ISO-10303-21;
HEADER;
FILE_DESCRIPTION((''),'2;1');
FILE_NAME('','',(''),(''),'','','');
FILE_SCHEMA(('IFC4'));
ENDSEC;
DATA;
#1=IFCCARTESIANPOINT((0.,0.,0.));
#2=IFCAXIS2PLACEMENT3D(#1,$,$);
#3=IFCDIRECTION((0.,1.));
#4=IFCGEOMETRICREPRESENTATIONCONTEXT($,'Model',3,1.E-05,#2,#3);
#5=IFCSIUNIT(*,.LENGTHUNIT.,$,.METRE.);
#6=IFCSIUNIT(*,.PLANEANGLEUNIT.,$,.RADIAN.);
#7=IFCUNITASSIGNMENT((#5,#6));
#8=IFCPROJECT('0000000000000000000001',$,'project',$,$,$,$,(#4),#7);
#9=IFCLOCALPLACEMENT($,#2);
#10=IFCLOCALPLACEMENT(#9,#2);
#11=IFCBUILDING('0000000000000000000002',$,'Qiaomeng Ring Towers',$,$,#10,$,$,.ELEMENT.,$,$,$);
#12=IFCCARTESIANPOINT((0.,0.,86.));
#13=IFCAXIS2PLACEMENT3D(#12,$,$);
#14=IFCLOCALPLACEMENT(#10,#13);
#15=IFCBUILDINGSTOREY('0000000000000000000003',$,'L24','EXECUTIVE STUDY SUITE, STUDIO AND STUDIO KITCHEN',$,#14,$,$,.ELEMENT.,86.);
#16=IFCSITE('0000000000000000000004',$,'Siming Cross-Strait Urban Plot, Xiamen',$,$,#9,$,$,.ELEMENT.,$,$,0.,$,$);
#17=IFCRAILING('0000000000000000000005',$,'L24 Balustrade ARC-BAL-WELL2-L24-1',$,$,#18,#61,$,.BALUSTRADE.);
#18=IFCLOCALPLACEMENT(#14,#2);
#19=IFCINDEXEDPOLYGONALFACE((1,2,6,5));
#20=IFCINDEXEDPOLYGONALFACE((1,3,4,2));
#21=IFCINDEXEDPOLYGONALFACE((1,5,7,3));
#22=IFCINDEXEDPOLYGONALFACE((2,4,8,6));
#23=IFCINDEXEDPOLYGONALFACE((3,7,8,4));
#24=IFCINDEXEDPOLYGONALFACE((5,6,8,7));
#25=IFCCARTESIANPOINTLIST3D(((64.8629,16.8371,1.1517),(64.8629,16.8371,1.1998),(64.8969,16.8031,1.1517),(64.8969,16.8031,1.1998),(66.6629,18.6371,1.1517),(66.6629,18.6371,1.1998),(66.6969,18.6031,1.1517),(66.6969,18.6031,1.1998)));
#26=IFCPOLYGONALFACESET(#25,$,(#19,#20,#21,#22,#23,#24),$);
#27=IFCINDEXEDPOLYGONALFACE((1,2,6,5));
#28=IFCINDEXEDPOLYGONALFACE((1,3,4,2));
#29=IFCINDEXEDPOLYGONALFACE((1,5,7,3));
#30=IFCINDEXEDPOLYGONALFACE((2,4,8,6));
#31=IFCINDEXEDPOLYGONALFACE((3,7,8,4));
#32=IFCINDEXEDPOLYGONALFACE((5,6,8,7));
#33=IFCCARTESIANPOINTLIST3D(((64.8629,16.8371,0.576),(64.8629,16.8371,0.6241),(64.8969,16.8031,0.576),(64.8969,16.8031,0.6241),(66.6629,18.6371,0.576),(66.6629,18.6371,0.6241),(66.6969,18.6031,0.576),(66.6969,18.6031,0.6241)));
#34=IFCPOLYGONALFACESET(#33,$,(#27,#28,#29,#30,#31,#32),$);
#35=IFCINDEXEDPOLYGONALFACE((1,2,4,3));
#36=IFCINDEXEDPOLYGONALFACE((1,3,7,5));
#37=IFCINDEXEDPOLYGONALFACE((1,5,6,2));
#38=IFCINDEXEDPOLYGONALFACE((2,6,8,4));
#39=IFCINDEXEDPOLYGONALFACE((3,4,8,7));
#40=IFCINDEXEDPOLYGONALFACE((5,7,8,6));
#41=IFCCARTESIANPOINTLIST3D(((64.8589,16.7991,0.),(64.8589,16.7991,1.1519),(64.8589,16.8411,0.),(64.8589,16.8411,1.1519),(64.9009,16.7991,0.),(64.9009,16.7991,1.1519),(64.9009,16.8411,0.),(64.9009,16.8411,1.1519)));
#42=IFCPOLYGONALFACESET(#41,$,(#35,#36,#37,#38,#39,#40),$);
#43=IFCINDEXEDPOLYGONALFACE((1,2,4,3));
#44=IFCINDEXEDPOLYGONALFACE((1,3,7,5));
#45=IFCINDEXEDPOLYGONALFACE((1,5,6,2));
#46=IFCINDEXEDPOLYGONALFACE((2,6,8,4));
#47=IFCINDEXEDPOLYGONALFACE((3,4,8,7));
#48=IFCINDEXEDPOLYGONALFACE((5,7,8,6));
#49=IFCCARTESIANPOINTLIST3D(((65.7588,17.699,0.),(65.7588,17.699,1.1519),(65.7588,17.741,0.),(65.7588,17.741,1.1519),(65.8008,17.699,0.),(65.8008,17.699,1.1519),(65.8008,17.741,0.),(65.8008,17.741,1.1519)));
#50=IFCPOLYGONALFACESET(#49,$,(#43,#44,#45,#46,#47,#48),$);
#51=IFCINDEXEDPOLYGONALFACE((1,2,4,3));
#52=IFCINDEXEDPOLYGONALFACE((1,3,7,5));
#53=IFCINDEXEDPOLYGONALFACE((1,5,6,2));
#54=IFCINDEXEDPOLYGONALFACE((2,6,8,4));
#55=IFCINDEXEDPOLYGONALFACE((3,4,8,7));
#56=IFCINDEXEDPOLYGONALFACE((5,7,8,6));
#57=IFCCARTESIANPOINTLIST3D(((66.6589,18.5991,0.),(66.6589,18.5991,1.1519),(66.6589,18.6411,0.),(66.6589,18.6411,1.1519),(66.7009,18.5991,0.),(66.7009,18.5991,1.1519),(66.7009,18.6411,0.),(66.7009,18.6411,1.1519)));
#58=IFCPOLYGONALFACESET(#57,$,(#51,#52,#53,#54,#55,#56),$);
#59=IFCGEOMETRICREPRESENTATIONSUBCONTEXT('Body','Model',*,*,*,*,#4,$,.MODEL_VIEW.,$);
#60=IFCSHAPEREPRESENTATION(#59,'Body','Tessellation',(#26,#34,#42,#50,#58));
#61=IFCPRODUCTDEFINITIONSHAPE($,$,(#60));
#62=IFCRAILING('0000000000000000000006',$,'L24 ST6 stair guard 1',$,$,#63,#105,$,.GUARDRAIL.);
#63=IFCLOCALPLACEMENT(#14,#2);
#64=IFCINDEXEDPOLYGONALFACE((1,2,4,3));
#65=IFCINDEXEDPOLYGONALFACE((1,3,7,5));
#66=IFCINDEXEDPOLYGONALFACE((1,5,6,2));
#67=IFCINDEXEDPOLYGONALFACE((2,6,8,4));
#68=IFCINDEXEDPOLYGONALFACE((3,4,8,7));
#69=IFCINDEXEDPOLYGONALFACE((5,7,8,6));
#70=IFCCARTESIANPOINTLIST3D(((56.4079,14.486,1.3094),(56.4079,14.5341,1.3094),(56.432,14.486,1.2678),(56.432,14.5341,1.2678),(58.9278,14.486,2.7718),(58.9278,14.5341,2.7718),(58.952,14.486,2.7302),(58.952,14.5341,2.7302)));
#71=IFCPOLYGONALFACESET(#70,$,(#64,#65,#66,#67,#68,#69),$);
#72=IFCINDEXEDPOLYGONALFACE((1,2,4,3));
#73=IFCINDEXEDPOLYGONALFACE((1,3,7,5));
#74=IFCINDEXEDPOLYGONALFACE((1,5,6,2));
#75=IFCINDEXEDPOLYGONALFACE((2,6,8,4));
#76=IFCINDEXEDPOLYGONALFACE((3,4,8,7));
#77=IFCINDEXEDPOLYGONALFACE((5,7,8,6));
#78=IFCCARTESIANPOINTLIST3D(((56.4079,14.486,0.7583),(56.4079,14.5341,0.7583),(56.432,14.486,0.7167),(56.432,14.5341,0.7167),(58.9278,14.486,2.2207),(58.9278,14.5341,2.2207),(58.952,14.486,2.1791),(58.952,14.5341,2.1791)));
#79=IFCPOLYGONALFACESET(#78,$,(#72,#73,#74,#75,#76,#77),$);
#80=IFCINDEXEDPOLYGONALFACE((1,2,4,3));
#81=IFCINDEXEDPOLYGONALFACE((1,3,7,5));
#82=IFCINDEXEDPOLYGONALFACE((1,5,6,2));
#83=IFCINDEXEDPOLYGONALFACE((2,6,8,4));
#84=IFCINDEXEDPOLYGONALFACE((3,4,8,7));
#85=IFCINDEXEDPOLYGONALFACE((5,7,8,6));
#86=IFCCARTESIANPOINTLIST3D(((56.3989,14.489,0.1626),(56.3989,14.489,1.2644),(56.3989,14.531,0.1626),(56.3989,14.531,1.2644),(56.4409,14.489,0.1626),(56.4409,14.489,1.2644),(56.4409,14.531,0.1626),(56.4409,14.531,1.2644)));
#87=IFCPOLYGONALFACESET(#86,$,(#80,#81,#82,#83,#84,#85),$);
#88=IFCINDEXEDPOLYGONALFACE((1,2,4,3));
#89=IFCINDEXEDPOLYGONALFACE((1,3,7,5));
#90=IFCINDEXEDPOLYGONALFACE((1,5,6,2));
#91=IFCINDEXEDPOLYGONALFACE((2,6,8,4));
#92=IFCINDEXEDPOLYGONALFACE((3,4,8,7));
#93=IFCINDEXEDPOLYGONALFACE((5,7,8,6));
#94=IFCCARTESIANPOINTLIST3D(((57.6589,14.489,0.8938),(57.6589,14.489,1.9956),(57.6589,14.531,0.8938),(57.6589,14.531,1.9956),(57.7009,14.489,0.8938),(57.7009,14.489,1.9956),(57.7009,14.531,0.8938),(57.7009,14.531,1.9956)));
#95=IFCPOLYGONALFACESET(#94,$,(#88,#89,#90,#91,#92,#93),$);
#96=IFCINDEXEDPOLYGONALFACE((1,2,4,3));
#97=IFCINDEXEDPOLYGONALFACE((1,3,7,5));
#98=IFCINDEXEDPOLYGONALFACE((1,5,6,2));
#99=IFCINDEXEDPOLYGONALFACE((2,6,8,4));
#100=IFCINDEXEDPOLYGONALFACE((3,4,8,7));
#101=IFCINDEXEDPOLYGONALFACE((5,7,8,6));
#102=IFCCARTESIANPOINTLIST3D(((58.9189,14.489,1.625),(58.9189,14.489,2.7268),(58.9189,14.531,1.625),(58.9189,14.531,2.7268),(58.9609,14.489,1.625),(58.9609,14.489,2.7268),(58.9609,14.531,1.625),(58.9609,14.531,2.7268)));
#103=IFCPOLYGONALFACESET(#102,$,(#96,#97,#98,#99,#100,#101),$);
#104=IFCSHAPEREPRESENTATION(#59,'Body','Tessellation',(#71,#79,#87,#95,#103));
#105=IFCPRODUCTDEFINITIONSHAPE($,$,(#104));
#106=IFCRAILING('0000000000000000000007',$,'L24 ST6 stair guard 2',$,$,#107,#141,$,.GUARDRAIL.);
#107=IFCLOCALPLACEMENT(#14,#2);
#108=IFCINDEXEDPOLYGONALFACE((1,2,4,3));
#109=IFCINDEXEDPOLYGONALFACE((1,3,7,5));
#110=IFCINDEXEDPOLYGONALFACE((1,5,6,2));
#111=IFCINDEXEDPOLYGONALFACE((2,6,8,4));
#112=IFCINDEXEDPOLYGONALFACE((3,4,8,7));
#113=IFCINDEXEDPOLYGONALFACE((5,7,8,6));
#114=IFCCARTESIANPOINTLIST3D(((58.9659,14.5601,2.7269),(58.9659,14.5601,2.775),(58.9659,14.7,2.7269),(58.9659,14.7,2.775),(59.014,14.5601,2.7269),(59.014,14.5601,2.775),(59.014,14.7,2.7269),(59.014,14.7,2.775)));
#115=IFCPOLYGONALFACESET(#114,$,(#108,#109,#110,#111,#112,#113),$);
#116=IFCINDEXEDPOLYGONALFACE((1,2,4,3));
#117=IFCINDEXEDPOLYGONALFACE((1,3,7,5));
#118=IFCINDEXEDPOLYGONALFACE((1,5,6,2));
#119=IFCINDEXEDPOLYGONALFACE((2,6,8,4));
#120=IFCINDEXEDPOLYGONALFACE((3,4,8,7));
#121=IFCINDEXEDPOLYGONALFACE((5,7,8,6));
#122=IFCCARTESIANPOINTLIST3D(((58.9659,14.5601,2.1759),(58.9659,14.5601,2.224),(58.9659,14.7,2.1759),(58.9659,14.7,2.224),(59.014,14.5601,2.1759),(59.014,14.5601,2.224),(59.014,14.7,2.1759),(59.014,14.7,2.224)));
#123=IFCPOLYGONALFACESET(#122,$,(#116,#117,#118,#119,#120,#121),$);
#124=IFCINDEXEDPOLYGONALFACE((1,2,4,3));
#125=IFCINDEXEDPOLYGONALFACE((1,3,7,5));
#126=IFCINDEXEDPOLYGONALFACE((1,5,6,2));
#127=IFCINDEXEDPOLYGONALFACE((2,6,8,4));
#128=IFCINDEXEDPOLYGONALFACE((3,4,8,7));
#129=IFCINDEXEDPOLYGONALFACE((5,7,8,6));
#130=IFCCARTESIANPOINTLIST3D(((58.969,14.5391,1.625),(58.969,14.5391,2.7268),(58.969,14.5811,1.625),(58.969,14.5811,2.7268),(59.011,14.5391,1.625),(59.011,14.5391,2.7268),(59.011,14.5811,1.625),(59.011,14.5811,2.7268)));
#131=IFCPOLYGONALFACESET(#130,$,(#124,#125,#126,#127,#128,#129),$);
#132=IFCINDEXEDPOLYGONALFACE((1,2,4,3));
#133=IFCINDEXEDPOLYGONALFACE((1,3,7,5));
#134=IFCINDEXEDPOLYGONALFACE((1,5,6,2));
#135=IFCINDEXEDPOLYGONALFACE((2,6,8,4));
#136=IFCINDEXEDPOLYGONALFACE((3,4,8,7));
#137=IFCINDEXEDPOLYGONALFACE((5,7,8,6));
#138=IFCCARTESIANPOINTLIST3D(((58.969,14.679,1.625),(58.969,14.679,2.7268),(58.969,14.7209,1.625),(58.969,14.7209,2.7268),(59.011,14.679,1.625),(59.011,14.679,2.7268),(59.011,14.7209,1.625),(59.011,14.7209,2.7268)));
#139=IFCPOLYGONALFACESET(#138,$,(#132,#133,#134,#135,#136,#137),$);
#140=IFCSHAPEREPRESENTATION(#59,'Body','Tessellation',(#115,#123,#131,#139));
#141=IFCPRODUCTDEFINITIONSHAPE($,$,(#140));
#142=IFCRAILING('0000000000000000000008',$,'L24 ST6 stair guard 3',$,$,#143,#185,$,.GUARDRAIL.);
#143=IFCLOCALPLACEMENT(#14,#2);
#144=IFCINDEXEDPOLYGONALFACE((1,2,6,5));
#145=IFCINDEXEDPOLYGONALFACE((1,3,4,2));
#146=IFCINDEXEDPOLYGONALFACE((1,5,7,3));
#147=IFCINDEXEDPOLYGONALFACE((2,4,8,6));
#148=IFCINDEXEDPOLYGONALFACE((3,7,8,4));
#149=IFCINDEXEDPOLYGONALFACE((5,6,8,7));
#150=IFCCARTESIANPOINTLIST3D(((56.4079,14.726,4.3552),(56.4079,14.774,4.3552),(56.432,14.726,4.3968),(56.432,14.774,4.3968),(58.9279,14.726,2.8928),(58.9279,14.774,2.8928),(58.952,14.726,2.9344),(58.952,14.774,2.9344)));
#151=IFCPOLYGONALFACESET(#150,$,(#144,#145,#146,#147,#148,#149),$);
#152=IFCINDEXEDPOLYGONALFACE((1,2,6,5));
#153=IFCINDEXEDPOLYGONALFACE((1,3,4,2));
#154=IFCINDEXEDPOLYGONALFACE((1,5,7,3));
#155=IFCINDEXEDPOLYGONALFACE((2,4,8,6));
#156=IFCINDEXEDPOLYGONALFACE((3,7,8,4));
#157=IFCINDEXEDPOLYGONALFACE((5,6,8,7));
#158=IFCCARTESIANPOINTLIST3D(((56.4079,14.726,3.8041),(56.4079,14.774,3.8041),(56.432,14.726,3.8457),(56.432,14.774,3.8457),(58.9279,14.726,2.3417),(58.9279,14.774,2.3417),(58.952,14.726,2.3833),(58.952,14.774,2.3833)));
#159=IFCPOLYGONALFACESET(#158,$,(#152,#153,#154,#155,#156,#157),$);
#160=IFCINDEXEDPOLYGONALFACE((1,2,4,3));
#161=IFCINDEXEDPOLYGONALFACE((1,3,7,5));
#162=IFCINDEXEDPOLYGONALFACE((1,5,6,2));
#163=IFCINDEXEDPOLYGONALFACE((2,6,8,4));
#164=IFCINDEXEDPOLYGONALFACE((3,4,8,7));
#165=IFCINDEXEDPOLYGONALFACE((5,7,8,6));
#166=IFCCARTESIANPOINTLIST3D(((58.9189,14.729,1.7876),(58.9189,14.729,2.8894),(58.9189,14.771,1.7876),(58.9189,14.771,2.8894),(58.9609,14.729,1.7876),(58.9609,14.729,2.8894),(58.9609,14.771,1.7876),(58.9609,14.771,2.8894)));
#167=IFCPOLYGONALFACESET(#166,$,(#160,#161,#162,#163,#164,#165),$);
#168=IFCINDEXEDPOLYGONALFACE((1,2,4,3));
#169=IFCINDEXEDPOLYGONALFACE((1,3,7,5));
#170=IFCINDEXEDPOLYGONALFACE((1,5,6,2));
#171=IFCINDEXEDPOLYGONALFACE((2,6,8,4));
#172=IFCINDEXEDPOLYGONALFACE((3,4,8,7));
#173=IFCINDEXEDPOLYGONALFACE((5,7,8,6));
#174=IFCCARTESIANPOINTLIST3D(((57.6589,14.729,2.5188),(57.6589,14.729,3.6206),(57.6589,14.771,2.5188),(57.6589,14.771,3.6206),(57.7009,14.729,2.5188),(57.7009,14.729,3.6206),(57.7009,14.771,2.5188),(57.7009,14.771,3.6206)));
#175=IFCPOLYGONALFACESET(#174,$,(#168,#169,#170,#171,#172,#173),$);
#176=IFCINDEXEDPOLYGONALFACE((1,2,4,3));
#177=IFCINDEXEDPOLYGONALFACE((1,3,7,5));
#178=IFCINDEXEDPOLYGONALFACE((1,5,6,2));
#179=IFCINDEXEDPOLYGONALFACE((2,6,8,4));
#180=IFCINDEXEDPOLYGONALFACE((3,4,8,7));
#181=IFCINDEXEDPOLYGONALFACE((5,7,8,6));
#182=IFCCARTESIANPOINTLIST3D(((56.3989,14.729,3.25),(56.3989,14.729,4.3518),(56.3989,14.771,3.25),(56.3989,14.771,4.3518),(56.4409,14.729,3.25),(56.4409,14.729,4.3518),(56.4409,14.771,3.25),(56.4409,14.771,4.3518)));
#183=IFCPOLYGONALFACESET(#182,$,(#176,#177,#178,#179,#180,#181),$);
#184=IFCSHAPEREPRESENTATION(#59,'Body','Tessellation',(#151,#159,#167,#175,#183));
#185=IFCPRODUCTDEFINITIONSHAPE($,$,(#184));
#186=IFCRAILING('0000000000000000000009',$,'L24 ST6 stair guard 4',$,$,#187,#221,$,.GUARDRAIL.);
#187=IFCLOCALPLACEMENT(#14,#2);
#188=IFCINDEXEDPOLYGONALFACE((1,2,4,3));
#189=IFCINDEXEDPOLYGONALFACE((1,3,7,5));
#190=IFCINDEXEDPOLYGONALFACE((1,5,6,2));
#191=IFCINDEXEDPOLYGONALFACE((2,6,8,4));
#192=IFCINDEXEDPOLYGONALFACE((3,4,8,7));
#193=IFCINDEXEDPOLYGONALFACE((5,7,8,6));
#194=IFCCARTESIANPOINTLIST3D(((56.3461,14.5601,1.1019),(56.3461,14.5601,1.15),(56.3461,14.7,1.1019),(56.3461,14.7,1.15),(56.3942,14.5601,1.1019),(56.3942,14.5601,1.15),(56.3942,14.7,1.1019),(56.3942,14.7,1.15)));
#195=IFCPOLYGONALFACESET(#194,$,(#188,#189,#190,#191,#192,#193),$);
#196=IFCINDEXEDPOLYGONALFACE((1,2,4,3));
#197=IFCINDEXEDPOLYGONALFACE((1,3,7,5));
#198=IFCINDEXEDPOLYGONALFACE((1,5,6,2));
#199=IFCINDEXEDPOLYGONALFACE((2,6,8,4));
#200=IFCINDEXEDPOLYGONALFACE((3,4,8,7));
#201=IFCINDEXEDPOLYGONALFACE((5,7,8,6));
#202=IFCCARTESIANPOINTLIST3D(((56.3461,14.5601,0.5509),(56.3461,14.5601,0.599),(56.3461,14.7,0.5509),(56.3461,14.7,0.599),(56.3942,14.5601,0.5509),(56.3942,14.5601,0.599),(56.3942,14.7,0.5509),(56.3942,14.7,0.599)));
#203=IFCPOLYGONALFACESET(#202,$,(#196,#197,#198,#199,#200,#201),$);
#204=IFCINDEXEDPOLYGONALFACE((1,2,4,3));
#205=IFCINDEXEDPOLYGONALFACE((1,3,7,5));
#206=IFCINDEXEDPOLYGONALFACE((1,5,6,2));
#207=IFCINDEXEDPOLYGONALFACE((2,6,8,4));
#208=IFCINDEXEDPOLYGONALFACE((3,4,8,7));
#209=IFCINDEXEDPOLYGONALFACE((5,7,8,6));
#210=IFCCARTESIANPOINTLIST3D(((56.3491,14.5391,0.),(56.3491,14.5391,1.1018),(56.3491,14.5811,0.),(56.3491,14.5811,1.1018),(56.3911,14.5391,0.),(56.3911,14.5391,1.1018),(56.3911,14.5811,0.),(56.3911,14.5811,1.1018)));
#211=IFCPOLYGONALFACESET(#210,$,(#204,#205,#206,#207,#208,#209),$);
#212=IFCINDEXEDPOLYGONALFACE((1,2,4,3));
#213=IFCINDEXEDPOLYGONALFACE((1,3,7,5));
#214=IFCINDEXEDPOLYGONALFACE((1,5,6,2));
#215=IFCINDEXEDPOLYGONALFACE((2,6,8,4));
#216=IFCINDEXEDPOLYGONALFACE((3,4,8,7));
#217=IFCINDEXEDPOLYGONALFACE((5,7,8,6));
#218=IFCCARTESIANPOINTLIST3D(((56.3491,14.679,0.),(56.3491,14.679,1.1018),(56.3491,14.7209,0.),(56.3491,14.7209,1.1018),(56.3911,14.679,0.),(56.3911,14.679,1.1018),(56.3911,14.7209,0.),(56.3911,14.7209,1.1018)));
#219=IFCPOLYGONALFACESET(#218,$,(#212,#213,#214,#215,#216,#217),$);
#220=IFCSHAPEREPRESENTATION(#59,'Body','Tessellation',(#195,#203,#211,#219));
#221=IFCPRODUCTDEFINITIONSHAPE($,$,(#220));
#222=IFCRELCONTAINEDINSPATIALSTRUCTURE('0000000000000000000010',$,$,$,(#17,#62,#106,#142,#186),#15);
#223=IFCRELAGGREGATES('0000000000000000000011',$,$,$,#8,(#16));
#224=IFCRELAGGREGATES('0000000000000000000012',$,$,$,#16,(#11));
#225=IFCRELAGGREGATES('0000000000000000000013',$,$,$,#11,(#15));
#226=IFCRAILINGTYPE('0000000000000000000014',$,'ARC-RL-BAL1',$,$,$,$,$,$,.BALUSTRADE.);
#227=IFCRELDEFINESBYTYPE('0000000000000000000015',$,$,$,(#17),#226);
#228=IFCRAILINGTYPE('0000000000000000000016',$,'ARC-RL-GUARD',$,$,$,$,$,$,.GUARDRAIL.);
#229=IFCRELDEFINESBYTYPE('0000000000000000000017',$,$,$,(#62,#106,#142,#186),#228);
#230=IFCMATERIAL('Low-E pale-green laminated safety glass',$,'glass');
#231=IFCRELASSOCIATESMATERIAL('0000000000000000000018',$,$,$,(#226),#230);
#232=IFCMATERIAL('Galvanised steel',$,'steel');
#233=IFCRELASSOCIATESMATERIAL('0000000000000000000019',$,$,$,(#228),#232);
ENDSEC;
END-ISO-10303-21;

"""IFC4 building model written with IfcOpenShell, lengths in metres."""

from ifc_helpers import new_model, si_unit, direction, frame, origin, origin_2d, place, context, subcontext, project, spatial, rectangle, extrude, material, type_object, element, save


model = new_model("IFC4")

# Units and contexts
model_context = context("Model", 3, precision=1e-05, world=origin(), true_north=direction((0.0, 1.0)))
body_context = subcontext(model_context, "Body", "Model", "MODEL_VIEW")
ifc_project = project(units=[si_unit("LENGTHUNIT", "METRE"), si_unit("PLANEANGLEUNIT", "RADIAN")], contexts=[model_context])

# Site, building, storey
site_placement = place(None, origin())
site = spatial("IfcSite", under=ifc_project, at=site_placement, Name="Siming Cross-Strait Urban Plot, Xiamen", CompositionType="ELEMENT", RefElevation=0.0)
building_placement = place(site_placement, origin())
building = spatial("IfcBuilding", under=site, at=building_placement, Name="Qiaomeng Ring Towers", CompositionType="ELEMENT")
storey_placement = place(building_placement, frame((0.0, 0.0, 86.0)))
storey = spatial("IfcBuildingStorey", under=building, at=storey_placement, Name="L24", Description="EXECUTIVE STUDY SUITE, STUDIO AND STUDIO KITCHEN", CompositionType="ELEMENT", Elevation=86.0)

# Shared definitions
ifc_material_1 = material(Name="Galvanised steel", Category="steel")

# Railings
ifc_material_2 = material(Name="Low-E pale-green laminated safety glass", Category="glass")
railing_type_1 = type_object("IfcRailingType", Name="ARC-RL-BAL1", PredefinedType="BALUSTRADE", material=ifc_material_2)
railing_1_placement = place(storey_placement, frame((64.8799, 16.8201, 0.0)))
element("IfcRailing", 1, at=railing_1_placement, inside=storey, type_object=railing_type_1, Name="L24 Balustrade ARC-BAL-WELL2-L24-1", PredefinedType="BALUSTRADE", context=body_context, shape_type="SweptSolid", body=[
    extrude(rectangle(XDim=0.0481, YDim=0.0481, at=origin_2d()), frame((0.0, 0.0, 1.1758), z_axis=(0.707107, 0.707107, 0.0), x_axis=(-0.707107, 0.707107, 0.0)), (0.0, 0.0, 1.0), 2.5457),
    extrude(rectangle(XDim=0.0481, YDim=0.0481, at=origin_2d()), frame((0.0, 0.0, 0.6001), z_axis=(0.707107, 0.707107, 0.0), x_axis=(-0.707107, 0.707107, 0.0)), (0.0, 0.0, 1.0), 2.5457),
    extrude(rectangle(XDim=0.042, YDim=0.042, at=origin_2d()), origin(), (0.0, 0.0, 1.0), 1.1519),
    extrude(rectangle(XDim=0.042, YDim=0.042, at=origin_2d()), frame((0.8999, 0.8999, 0.0)), (0.0, 0.0, 1.0), 1.1519),
    extrude(rectangle(XDim=0.042, YDim=0.042, at=origin_2d()), frame((1.8, 1.8, 0.0)), (0.0, 0.0, 1.0), 1.1519),
])
railing_type_2 = type_object("IfcRailingType", Name="ARC-RL-GUARD", PredefinedType="GUARDRAIL", material=ifc_material_1)
railing_2_placement = place(storey_placement, frame((56.4199, 14.51, 0.1626)))
element("IfcRailing", 2, at=railing_2_placement, inside=storey, type_object=railing_type_2, Name="L24 ST6 stair guard 1", PredefinedType="GUARDRAIL", context=body_context, shape_type="SweptSolid", body=[
    extrude(rectangle(XDim=0.0481, YDim=0.0481, at=origin_2d()), frame((0.0, 0.0, 1.126), z_axis=(0.864913, 0.0, 0.501921), x_axis=(0.0, 1.0, 0.0)), (0.0, 0.0, 1.0), 2.9136),
    extrude(rectangle(XDim=0.0481, YDim=0.0481, at=origin_2d()), frame((0.0, 0.0, 0.575), z_axis=(0.864913, 0.0, 0.501921), x_axis=(0.0, 1.0, 0.0)), (0.0, 0.0, 1.0), 2.9136),
    extrude(rectangle(XDim=0.042, YDim=0.042, at=origin_2d()), origin(), (0.0, 0.0, 1.0), 1.1018),
    extrude(rectangle(XDim=0.042, YDim=0.042, at=origin_2d()), frame((1.26, 0.0, 0.7312)), (0.0, 0.0, 1.0), 1.1018),
    extrude(rectangle(XDim=0.042, YDim=0.042, at=origin_2d()), frame((2.52, 0.0, 1.4624)), (0.0, 0.0, 1.0), 1.1018),
])
railing_3_placement = place(storey_placement, frame((58.99, 14.5601, 1.625)))
element("IfcRailing", 3, at=railing_3_placement, inside=storey, type_object=railing_type_2, Name="L24 ST6 stair guard 2", PredefinedType="GUARDRAIL", context=body_context, shape_type="SweptSolid", body=[
    extrude(rectangle(XDim=0.0481, YDim=0.0481, at=origin_2d()), frame((0.0, 0.0, 1.126), z_axis=(0.0, 1.0, 0.0), x_axis=(-1.0, 0.0, 0.0)), (0.0, 0.0, 1.0), 0.1399),
    extrude(rectangle(XDim=0.0481, YDim=0.0481, at=origin_2d()), frame((0.0, 0.0, 0.575), z_axis=(0.0, 1.0, 0.0), x_axis=(-1.0, 0.0, 0.0)), (0.0, 0.0, 1.0), 0.1399),
    extrude(rectangle(XDim=0.042, YDim=0.042, at=origin_2d()), origin(), (0.0, 0.0, 1.0), 1.1018),
    extrude(rectangle(XDim=0.042, YDim=0.042, at=origin_2d()), frame((0.0, 0.1399, 0.0)), (0.0, 0.0, 1.0), 1.1018),
])
railing_4_placement = place(storey_placement, frame((58.9399, 14.75, 1.7876)))
element("IfcRailing", 4, at=railing_4_placement, inside=storey, type_object=railing_type_2, Name="L24 ST6 stair guard 3", PredefinedType="GUARDRAIL", context=body_context, shape_type="SweptSolid", body=[
    extrude(rectangle(XDim=0.0481, YDim=0.0481, at=origin_2d()), frame((0.0, 0.0, 1.126), z_axis=(-0.864913, 0.0, 0.501921), x_axis=(0.0, -1.0, 0.0)), (0.0, 0.0, 1.0), 2.9136),
    extrude(rectangle(XDim=0.0481, YDim=0.0481, at=origin_2d()), frame((0.0, 0.0, 0.575), z_axis=(-0.864913, 0.0, 0.501921), x_axis=(0.0, -1.0, 0.0)), (0.0, 0.0, 1.0), 2.9136),
    extrude(rectangle(XDim=0.042, YDim=0.042, at=origin_2d()), origin(), (0.0, 0.0, 1.0), 1.1018),
    extrude(rectangle(XDim=0.042, YDim=0.042, at=origin_2d()), frame((-1.26, 0.0, 0.7312)), (0.0, 0.0, 1.0), 1.1018),
    extrude(rectangle(XDim=0.042, YDim=0.042, at=origin_2d()), frame((-2.52, 0.0, 1.4624)), (0.0, 0.0, 1.0), 1.1018),
])
railing_5_placement = place(storey_placement, frame((56.3701, 14.5601, 0.0)))
element("IfcRailing", 5, at=railing_5_placement, inside=storey, type_object=railing_type_2, Name="L24 ST6 stair guard 4", PredefinedType="GUARDRAIL", context=body_context, shape_type="SweptSolid", body=[
    extrude(rectangle(XDim=0.0481, YDim=0.0481, at=origin_2d()), frame((0.0, 0.0, 1.126), z_axis=(0.0, 1.0, 0.0), x_axis=(-1.0, 0.0, 0.0)), (0.0, 0.0, 1.0), 0.1399),
    extrude(rectangle(XDim=0.0481, YDim=0.0481, at=origin_2d()), frame((0.0, 0.0, 0.575), z_axis=(0.0, 1.0, 0.0), x_axis=(-1.0, 0.0, 0.0)), (0.0, 0.0, 1.0), 0.1399),
    extrude(rectangle(XDim=0.042, YDim=0.042, at=origin_2d()), origin(), (0.0, 0.0, 1.0), 1.1018),
    extrude(rectangle(XDim=0.042, YDim=0.042, at=origin_2d()), frame((0.0, 0.1399, 0.0)), (0.0, 0.0, 1.0), 1.1018),
])

save(model, "model.ifc")
